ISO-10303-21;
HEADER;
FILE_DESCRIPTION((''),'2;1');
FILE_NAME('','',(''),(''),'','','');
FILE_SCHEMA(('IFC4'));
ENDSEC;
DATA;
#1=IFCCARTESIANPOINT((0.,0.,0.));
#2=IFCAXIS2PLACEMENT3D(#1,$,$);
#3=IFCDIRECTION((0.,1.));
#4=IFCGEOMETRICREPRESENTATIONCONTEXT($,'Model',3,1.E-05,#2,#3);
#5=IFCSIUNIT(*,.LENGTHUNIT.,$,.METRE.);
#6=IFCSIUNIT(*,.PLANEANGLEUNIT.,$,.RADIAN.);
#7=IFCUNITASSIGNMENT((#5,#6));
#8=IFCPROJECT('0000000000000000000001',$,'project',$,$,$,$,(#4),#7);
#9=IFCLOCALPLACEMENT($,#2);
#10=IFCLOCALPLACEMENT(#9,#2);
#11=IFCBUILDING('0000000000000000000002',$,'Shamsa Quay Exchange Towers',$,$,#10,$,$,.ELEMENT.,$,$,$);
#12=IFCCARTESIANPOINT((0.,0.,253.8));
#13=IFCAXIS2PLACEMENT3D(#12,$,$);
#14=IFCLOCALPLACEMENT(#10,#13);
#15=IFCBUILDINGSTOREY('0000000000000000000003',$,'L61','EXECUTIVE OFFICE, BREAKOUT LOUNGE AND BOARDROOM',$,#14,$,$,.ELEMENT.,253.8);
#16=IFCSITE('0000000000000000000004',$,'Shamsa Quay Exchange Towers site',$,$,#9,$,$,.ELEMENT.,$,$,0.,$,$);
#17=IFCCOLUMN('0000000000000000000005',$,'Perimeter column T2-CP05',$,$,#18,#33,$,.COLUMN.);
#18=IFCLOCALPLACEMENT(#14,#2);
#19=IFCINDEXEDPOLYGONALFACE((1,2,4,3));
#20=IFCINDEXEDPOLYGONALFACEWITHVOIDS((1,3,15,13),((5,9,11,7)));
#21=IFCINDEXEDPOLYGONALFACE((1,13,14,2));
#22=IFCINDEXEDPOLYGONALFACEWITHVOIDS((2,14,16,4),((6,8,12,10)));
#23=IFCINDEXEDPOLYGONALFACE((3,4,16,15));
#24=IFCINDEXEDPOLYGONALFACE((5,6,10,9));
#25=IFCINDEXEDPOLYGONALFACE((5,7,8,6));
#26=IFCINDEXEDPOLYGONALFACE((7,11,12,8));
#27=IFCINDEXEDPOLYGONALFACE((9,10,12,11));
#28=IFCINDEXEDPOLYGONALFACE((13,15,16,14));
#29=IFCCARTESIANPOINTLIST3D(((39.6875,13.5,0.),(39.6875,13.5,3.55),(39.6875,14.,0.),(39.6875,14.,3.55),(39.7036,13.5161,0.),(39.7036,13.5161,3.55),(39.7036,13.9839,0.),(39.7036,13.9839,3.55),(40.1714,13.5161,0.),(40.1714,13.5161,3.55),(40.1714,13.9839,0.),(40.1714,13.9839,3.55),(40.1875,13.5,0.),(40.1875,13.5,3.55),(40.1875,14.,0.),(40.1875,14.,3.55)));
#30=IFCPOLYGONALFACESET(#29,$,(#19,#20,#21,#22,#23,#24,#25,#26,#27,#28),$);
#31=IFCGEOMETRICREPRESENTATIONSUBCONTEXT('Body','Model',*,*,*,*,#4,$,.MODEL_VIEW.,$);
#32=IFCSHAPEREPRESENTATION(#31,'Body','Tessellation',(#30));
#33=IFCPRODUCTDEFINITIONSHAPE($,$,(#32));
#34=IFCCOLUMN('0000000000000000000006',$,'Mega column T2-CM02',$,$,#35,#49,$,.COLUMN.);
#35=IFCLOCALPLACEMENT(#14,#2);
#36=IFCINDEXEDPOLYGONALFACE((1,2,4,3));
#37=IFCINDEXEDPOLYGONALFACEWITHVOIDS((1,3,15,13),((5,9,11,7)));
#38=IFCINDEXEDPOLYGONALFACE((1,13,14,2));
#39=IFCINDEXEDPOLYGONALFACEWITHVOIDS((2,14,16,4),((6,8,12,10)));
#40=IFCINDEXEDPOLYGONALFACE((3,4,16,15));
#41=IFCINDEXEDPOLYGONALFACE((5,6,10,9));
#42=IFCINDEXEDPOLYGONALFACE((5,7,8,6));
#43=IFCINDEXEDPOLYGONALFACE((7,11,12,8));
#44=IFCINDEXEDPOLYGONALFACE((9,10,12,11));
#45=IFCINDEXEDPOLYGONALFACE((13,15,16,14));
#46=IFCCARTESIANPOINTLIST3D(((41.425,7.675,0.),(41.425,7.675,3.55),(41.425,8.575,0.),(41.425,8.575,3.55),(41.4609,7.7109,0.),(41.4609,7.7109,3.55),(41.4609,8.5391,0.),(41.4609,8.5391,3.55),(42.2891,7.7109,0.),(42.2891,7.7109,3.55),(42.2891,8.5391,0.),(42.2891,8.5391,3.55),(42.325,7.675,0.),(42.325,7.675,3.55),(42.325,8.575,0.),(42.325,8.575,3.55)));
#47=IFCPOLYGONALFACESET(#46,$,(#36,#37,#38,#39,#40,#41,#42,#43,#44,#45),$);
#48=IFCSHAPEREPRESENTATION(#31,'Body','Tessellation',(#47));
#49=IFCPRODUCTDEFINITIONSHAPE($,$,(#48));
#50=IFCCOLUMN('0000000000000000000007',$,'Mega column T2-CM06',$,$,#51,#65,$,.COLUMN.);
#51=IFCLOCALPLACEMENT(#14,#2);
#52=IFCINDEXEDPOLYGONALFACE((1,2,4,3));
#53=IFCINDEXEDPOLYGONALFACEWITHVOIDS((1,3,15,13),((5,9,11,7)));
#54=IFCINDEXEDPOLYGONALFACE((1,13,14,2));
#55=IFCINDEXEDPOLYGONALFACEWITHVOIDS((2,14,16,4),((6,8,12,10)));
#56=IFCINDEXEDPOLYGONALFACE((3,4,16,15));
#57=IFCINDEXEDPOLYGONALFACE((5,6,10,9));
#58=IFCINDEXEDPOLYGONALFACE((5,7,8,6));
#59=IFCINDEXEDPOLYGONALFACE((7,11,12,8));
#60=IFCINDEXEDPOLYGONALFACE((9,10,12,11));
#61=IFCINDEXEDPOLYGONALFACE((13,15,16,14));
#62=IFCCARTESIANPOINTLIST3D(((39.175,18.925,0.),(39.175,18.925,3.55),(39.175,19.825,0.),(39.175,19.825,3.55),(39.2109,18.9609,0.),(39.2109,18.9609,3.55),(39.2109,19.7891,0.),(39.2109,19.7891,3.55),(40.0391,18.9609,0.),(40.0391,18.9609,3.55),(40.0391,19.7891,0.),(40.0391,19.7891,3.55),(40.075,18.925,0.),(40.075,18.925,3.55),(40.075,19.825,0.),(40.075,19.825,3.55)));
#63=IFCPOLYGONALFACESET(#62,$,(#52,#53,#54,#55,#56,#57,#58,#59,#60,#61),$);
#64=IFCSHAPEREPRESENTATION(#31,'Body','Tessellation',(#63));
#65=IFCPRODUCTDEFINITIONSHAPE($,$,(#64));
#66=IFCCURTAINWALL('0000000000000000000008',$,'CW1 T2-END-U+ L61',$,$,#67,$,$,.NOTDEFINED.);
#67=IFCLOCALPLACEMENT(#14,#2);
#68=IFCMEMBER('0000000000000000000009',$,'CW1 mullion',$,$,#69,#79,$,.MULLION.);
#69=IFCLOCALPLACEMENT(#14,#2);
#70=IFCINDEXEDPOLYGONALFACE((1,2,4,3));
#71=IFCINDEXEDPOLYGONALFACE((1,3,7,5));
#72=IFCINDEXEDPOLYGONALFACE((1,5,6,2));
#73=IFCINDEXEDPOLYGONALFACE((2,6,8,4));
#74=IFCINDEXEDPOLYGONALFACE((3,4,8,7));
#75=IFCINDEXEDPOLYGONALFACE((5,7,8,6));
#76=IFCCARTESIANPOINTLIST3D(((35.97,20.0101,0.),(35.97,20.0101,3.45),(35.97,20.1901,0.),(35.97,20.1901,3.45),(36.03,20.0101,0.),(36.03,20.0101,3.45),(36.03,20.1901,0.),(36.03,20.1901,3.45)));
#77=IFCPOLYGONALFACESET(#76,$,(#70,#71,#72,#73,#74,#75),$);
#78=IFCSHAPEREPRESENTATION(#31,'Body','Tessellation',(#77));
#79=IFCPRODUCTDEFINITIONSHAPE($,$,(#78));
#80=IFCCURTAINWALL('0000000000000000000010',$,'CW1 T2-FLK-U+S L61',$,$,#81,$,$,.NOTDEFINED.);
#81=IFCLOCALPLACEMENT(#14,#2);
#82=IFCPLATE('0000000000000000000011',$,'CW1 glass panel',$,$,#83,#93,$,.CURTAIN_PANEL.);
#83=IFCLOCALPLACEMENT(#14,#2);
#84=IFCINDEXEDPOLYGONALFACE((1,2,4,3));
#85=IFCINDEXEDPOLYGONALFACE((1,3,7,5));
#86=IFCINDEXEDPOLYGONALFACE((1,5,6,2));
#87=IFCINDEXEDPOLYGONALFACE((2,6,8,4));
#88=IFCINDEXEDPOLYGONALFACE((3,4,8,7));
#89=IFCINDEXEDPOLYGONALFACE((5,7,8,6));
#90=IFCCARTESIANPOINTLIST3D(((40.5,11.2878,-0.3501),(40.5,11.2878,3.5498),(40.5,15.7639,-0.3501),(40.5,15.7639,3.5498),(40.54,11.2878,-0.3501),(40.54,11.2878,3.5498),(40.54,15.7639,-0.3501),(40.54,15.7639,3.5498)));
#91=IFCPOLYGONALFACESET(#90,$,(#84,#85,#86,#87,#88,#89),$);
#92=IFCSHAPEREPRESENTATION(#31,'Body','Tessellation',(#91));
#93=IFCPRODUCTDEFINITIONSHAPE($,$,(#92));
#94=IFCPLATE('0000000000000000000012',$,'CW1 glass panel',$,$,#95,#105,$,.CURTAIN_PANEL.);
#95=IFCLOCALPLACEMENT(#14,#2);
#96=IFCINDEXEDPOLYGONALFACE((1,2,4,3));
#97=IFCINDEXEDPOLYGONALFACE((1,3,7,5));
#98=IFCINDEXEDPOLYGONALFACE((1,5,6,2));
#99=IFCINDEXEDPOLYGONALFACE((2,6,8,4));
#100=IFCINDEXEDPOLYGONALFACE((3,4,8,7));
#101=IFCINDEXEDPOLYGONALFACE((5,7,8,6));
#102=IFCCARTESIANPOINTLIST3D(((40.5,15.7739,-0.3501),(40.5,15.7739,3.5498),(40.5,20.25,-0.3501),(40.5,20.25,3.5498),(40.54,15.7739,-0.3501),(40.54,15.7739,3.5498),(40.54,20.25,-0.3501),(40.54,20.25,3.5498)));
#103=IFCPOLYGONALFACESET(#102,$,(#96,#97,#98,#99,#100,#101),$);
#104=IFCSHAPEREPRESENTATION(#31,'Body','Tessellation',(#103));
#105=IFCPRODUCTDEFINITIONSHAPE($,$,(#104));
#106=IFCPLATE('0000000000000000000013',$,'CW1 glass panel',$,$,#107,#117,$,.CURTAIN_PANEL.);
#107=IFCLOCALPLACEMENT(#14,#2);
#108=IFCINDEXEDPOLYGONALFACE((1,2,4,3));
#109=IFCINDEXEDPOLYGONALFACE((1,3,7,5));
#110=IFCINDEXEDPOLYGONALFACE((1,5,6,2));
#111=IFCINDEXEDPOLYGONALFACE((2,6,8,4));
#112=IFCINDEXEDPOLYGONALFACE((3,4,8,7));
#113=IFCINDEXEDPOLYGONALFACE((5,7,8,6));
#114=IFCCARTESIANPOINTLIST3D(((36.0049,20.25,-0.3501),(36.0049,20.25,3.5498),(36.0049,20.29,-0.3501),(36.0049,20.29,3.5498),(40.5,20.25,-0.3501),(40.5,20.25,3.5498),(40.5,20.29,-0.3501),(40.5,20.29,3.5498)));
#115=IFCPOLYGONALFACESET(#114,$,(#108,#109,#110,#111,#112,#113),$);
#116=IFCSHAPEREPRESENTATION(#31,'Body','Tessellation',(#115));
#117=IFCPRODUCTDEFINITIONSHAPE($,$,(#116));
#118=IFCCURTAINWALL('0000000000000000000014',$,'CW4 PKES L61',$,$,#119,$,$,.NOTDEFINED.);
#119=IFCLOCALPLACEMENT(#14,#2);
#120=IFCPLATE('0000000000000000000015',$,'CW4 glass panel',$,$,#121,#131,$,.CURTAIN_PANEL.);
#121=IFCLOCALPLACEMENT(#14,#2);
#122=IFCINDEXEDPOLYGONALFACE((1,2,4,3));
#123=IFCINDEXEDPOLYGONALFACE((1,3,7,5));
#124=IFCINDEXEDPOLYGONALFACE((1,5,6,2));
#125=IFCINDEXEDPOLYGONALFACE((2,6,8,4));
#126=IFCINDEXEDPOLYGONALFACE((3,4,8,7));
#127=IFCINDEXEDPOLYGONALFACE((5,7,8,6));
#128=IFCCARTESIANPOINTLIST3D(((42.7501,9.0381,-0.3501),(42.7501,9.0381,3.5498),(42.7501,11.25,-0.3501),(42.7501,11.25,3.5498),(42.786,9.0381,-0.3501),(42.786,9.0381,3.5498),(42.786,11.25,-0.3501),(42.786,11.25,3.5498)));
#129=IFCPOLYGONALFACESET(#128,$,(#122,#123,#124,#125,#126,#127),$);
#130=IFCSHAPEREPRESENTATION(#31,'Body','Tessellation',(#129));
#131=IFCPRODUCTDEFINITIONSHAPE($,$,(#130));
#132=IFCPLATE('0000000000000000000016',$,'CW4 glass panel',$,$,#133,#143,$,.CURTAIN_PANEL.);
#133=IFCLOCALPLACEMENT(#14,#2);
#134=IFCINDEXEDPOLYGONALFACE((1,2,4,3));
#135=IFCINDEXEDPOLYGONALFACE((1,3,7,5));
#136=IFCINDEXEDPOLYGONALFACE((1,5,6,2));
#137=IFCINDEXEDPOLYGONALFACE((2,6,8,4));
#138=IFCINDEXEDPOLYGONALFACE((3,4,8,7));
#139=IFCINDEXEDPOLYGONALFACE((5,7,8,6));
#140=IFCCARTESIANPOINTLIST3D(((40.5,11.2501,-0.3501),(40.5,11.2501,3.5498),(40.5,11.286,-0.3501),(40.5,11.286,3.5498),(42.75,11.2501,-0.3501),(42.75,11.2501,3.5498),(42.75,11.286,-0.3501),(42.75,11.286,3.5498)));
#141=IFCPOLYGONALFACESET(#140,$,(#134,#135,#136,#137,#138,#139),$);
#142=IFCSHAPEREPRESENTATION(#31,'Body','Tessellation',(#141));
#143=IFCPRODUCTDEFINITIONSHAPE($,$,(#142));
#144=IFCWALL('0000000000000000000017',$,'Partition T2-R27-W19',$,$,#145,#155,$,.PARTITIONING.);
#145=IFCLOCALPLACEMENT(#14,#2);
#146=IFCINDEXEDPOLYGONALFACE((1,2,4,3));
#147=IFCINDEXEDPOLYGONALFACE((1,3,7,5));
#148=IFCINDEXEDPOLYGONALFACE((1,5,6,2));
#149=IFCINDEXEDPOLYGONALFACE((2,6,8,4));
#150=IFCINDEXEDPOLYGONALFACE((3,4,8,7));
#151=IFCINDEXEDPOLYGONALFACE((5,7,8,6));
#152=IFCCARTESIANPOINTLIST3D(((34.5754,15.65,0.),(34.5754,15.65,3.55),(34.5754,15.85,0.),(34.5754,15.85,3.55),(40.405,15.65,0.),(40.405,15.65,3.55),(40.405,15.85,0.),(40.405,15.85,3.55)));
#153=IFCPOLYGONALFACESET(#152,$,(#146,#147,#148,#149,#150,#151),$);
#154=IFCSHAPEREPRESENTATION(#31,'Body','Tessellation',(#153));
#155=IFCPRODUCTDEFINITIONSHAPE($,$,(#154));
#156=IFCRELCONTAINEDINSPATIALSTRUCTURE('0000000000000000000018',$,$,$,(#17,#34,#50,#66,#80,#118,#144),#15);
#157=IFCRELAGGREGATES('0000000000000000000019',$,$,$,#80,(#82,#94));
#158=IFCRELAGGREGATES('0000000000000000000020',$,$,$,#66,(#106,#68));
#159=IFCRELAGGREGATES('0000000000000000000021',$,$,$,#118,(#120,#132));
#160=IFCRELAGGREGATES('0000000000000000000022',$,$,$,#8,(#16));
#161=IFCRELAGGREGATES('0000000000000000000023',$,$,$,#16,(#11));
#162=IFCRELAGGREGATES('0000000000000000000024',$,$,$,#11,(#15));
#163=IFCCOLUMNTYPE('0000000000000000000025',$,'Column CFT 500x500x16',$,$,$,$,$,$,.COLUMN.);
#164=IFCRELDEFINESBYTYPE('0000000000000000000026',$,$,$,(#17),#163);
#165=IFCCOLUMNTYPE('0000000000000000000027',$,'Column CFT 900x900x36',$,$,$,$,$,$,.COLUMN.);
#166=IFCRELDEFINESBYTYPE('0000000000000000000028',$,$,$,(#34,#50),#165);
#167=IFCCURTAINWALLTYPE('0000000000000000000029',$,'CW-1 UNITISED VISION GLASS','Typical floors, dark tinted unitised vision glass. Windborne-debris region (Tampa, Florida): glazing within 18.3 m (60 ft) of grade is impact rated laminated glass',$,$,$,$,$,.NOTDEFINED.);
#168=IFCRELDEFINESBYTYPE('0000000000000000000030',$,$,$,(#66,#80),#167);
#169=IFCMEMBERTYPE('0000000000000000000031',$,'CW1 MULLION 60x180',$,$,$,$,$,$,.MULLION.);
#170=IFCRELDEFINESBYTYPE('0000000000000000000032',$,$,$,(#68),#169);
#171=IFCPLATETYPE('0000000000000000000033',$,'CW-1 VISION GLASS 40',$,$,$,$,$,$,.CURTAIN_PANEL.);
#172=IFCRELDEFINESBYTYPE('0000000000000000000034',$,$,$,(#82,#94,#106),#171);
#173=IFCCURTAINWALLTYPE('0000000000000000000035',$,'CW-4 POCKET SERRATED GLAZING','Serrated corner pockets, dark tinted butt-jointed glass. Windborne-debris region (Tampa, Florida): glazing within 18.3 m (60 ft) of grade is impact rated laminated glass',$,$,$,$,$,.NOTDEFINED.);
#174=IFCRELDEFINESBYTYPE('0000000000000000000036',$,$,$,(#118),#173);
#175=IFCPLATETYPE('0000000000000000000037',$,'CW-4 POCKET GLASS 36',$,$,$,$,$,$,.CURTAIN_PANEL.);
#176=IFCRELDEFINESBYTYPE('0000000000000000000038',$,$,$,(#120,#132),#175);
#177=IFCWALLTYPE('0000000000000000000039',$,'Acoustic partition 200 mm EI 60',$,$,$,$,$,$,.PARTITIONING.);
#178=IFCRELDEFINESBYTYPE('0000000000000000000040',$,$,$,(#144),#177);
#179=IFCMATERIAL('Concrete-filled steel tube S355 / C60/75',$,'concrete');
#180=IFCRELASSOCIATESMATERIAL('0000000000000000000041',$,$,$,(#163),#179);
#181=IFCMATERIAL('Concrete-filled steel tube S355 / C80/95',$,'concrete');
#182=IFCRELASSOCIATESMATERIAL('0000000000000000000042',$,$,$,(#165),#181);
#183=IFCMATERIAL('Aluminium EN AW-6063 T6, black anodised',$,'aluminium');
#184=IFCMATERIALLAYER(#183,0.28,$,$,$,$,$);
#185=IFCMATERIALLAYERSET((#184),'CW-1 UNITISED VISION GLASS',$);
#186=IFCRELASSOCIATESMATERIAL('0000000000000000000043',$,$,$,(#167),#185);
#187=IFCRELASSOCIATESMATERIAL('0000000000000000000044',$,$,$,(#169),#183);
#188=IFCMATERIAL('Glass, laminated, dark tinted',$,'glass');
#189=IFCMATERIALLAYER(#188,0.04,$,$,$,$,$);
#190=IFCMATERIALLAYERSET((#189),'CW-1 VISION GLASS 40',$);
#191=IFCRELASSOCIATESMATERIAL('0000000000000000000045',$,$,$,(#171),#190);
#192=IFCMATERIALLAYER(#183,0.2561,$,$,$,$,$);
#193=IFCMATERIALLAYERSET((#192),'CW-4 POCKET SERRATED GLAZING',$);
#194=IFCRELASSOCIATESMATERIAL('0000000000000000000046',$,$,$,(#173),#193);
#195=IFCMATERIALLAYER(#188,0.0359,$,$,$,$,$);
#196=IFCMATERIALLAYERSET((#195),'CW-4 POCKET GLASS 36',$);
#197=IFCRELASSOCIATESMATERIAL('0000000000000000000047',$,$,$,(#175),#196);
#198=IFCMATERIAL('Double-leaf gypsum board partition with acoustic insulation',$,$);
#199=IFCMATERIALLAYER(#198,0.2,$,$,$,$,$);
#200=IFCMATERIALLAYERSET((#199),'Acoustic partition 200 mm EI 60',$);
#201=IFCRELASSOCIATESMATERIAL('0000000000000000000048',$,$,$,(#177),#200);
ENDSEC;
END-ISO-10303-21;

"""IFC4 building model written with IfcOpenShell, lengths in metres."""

from ifc_helpers import new_model, si_unit, direction, frame, frame_2d, origin, origin_2d, place, context, subcontext, project, spatial, rectangle, hollow_rectangle, extrude, material, layer, layer_set, material_profile, profile_set, type_object, element, aggregate, save


model = new_model("IFC4")

# Units and contexts
model_context = context("Model", 3, precision=1e-05, world=origin(), true_north=direction((0.0, 1.0)))
body_context = subcontext(model_context, "Body", "Model", "MODEL_VIEW")
ifc_project = project(units=[si_unit("LENGTHUNIT", "METRE"), si_unit("PLANEANGLEUNIT", "RADIAN")], contexts=[model_context])

# Site, building, storey
site_placement = place(None, origin())
site = spatial("IfcSite", under=ifc_project, at=site_placement, Name="Shamsa Quay Exchange Towers site", CompositionType="ELEMENT", RefElevation=0.0)
building_placement = place(site_placement, origin())
building = spatial("IfcBuilding", under=site, at=building_placement, Name="Shamsa Quay Exchange Towers", CompositionType="ELEMENT")
storey_placement = place(building_placement, frame((0.0, 0.0, 253.8)))
storey = spatial("IfcBuildingStorey", under=building, at=storey_placement, Name="L61", Description="EXECUTIVE OFFICE, BREAKOUT LOUNGE AND BOARDROOM", CompositionType="ELEMENT", Elevation=253.8)

# Columns
ifc_material_1 = material(Name="Concrete-filled steel tube S355 / C60/75", Category="concrete")
ifc_material_profile_1 = material_profile(ifc_material_1, hollow_rectangle(XDim=0.5, YDim=0.5, WallThickness=0.0161, at=origin_2d()), Name="CFT 500x500x16")
ifc_profile_set_1 = profile_set([ifc_material_profile_1], Name="Concrete-filled steel tube S355 / C60/75")
column_type_1 = type_object("IfcColumnType", Name="Column CFT 500x500x16", PredefinedType="COLUMN", material=ifc_profile_set_1)
column_placement = place(storey_placement, frame((39.9375, 13.75, 0.0)))
element("IfcColumn", 1, at=column_placement, inside=storey, type_object=column_type_1, Name="Perimeter column T2-CP05", PredefinedType="COLUMN", context=body_context, shape_type="SweptSolid", body=[
    extrude(hollow_rectangle(XDim=0.5, YDim=0.5, WallThickness=0.0161, at=origin_2d()), origin(), (0.0, 0.0, 1.0), 3.55),
])
ifc_material_2 = material(Name="Concrete-filled steel tube S355 / C80/95", Category="concrete")
ifc_material_profile_2 = material_profile(ifc_material_2, hollow_rectangle(XDim=0.8999, YDim=0.8999, WallThickness=0.0359, at=origin_2d()), Name="CFT 900x900x36")
ifc_profile_set_2 = profile_set([ifc_material_profile_2], Name="Concrete-filled steel tube S355 / C80/95")
column_type_2 = type_object("IfcColumnType", Name="Column CFT 900x900x36", PredefinedType="COLUMN", material=ifc_profile_set_2)
for number, where, name in (
    (2, (41.875, 8.125, 0.0), "Mega column T2-CM02"),
    (3, (39.625, 19.375, 0.0), "Mega column T2-CM06"),
):
    element("IfcColumn", number, at=place(storey_placement, frame(where)), inside=storey, type_object=column_type_2, Name=name, PredefinedType="COLUMN", context=body_context, shape_type="SweptSolid", body=[
        extrude(hollow_rectangle(XDim=0.8999, YDim=0.8999, WallThickness=0.0359, at=origin_2d()), origin(), (0.0, 0.0, 1.0), 3.55),
    ])

# Curtain wall, member
ifc_material_3 = material(Name="Aluminium EN AW-6063 T6, black anodised", Category="aluminium")
ifc_layer_1 = layer(ifc_material_3, 0.28)
ifc_layer_set_1 = layer_set([ifc_layer_1], Name="CW-1 UNITISED VISION GLASS")
curtain_wall_type_1 = type_object("IfcCurtainWallType", Name="CW-1 UNITISED VISION GLASS", Description="Typical floors, dark tinted unitised vision glass. Windborne-debris region (Tampa, Florida): glazing within 18.3 m (60 ft) of grade is impact rated laminated glass", PredefinedType="NOTDEFINED", material=ifc_layer_set_1)
curtain_wall_1_placement = place(storey_placement, origin())
curtain_wall_1 = element("IfcCurtainWall", 4, at=curtain_wall_1_placement, inside=storey, type_object=curtain_wall_type_1, Name="CW1 T2-END-U+ L61", PredefinedType="NOTDEFINED")
ifc_material_profile_3 = material_profile(ifc_material_3, rectangle(XDim=0.1799, YDim=0.0601, at=origin_2d()), Name="MU60x180")
ifc_profile_set_3 = profile_set([ifc_material_profile_3], Name="Aluminium EN AW-6063 T6, black anodised")
member_type = type_object("IfcMemberType", Name="CW1 MULLION 60x180", PredefinedType="MULLION", material=ifc_profile_set_3)
member_placement = place(storey_placement, frame((36.0, 20.1001, 0.0), z_axis=(0.0, 0.0, 1.0), x_axis=(0.0, -1.0, 0.0)))
member = element("IfcMember", 5, at=member_placement, type_object=member_type, Name="CW1 mullion", PredefinedType="MULLION", context=body_context, shape_type="SweptSolid", body=[
    extrude(rectangle(XDim=0.1799, YDim=0.0601, at=origin_2d()), origin(), (0.0, 0.0, 1.0), 3.45),
])

# Curtain wall, plates
curtain_wall_2_placement = place(storey_placement, origin())
curtain_wall_2 = element("IfcCurtainWall", 6, at=curtain_wall_2_placement, inside=storey, type_object=curtain_wall_type_1, Name="CW1 T2-FLK-U+S L61", PredefinedType="NOTDEFINED")
ifc_material_4 = material(Name="Glass, laminated, dark tinted", Category="glass")
ifc_layer_2 = layer(ifc_material_4, 0.04)
ifc_layer_set_2 = layer_set([ifc_layer_2], Name="CW-1 VISION GLASS 40")
plate_type_1 = type_object("IfcPlateType", Name="CW-1 VISION GLASS 40", PredefinedType="CURTAIN_PANEL", material=ifc_layer_set_2)
plate_1_placement = place(storey_placement, frame((40.52, 13.5259, -0.3501), z_axis=(0.0, 0.0, 1.0), x_axis=(0.0, 1.0, 0.0)))
plate_1 = element("IfcPlate", 7, at=plate_1_placement, type_object=plate_type_1, Name="CW1 glass panel", PredefinedType="CURTAIN_PANEL", context=body_context, shape_type="SweptSolid", body=[
    extrude(rectangle(XDim=4.4761, YDim=0.04, at=origin_2d()), origin(), (0.0, 0.0, 1.0), 3.8999),
])
plate_2_placement = place(storey_placement, frame((40.52, 18.012, -0.3501), z_axis=(0.0, 0.0, 1.0), x_axis=(0.0, 1.0, 0.0)))
plate_2 = element("IfcPlate", 8, at=plate_2_placement, type_object=plate_type_1, Name="CW1 glass panel", PredefinedType="CURTAIN_PANEL", context=body_context, shape_type="SweptSolid", body=[
    extrude(rectangle(XDim=4.4761, YDim=0.04, at=origin_2d()), origin(), (0.0, 0.0, 1.0), 3.8999),
])
aggregate(curtain_wall_2, [plate_1, plate_2])

# Plate
plate_3_placement = place(storey_placement, frame((38.2524, 20.27, -0.3501), z_axis=(0.0, 0.0, 1.0), x_axis=(-1.0, 0.0, 0.0)))
plate_3 = element("IfcPlate", 9, at=plate_3_placement, type_object=plate_type_1, Name="CW1 glass panel", PredefinedType="CURTAIN_PANEL", context=body_context, shape_type="SweptSolid", body=[
    extrude(rectangle(XDim=4.4951, YDim=0.04, at=origin_2d()), origin(), (0.0, 0.0, 1.0), 3.8999),
])
aggregate(curtain_wall_1, [plate_3, member])

# Curtain wall, plates
ifc_layer_3 = layer(ifc_material_3, 0.2561)
ifc_layer_set_3 = layer_set([ifc_layer_3], Name="CW-4 POCKET SERRATED GLAZING")
curtain_wall_type_2 = type_object("IfcCurtainWallType", Name="CW-4 POCKET SERRATED GLAZING", Description="Serrated corner pockets, dark tinted butt-jointed glass. Windborne-debris region (Tampa, Florida): glazing within 18.3 m (60 ft) of grade is impact rated laminated glass", PredefinedType="NOTDEFINED", material=ifc_layer_set_3)
curtain_wall_3_placement = place(storey_placement, origin())
curtain_wall_3 = element("IfcCurtainWall", 10, at=curtain_wall_3_placement, inside=storey, type_object=curtain_wall_type_2, Name="CW4 PKES L61", PredefinedType="NOTDEFINED")
ifc_layer_4 = layer(ifc_material_4, 0.0359)
ifc_layer_set_4 = layer_set([ifc_layer_4], Name="CW-4 POCKET GLASS 36")
plate_type_2 = type_object("IfcPlateType", Name="CW-4 POCKET GLASS 36", PredefinedType="CURTAIN_PANEL", material=ifc_layer_set_4)
plate_4_placement = place(storey_placement, frame((42.7681, 10.144, -0.3501), z_axis=(0.0, 0.0, 1.0), x_axis=(0.0, 1.0, 0.0)))
plate_4 = element("IfcPlate", 11, at=plate_4_placement, type_object=plate_type_2, Name="CW4 glass panel", PredefinedType="CURTAIN_PANEL", context=body_context, shape_type="SweptSolid", body=[
    extrude(rectangle(XDim=2.2119, YDim=0.0359, at=origin_2d()), origin(), (0.0, 0.0, 1.0), 3.8999),
])
plate_5_placement = place(storey_placement, frame((41.625, 11.2681, -0.3501), z_axis=(0.0, 0.0, 1.0), x_axis=(-1.0, 0.0, 0.0)))
plate_5 = element("IfcPlate", 12, at=plate_5_placement, type_object=plate_type_2, Name="CW4 glass panel", PredefinedType="CURTAIN_PANEL", context=body_context, shape_type="SweptSolid", body=[
    extrude(rectangle(XDim=2.25, YDim=0.0359, at=origin_2d()), origin(), (0.0, 0.0, 1.0), 3.8999),
])
aggregate(curtain_wall_3, [plate_4, plate_5])

# Wall
ifc_material_5 = material(Name="Double-leaf gypsum board partition with acoustic insulation")
ifc_layer_5 = layer(ifc_material_5, 0.2)
ifc_layer_set_5 = layer_set([ifc_layer_5], Name="Acoustic partition 200 mm EI 60")
wall_type_1 = type_object("IfcWallType", Name="Acoustic partition 200 mm EI 60", PredefinedType="PARTITIONING", material=ifc_layer_set_5)
wall_1_placement = place(storey_placement, frame((40.405, 15.75, 0.0), z_axis=(0.0, 0.0, 1.0), x_axis=(-1.0, 0.0, 0.0)))
element("IfcWall", 13, at=wall_1_placement, inside=storey, type_object=wall_type_1, Name="Partition T2-R27-W19", PredefinedType="PARTITIONING", context=body_context, shape_type="SweptSolid", body=[
    extrude(rectangle(XDim=5.8296, YDim=0.2, at=frame_2d((2.9148, 0.0))), origin(), (0.0, 0.0, 1.0), 3.55),
])

save(model, "model.ifc")
